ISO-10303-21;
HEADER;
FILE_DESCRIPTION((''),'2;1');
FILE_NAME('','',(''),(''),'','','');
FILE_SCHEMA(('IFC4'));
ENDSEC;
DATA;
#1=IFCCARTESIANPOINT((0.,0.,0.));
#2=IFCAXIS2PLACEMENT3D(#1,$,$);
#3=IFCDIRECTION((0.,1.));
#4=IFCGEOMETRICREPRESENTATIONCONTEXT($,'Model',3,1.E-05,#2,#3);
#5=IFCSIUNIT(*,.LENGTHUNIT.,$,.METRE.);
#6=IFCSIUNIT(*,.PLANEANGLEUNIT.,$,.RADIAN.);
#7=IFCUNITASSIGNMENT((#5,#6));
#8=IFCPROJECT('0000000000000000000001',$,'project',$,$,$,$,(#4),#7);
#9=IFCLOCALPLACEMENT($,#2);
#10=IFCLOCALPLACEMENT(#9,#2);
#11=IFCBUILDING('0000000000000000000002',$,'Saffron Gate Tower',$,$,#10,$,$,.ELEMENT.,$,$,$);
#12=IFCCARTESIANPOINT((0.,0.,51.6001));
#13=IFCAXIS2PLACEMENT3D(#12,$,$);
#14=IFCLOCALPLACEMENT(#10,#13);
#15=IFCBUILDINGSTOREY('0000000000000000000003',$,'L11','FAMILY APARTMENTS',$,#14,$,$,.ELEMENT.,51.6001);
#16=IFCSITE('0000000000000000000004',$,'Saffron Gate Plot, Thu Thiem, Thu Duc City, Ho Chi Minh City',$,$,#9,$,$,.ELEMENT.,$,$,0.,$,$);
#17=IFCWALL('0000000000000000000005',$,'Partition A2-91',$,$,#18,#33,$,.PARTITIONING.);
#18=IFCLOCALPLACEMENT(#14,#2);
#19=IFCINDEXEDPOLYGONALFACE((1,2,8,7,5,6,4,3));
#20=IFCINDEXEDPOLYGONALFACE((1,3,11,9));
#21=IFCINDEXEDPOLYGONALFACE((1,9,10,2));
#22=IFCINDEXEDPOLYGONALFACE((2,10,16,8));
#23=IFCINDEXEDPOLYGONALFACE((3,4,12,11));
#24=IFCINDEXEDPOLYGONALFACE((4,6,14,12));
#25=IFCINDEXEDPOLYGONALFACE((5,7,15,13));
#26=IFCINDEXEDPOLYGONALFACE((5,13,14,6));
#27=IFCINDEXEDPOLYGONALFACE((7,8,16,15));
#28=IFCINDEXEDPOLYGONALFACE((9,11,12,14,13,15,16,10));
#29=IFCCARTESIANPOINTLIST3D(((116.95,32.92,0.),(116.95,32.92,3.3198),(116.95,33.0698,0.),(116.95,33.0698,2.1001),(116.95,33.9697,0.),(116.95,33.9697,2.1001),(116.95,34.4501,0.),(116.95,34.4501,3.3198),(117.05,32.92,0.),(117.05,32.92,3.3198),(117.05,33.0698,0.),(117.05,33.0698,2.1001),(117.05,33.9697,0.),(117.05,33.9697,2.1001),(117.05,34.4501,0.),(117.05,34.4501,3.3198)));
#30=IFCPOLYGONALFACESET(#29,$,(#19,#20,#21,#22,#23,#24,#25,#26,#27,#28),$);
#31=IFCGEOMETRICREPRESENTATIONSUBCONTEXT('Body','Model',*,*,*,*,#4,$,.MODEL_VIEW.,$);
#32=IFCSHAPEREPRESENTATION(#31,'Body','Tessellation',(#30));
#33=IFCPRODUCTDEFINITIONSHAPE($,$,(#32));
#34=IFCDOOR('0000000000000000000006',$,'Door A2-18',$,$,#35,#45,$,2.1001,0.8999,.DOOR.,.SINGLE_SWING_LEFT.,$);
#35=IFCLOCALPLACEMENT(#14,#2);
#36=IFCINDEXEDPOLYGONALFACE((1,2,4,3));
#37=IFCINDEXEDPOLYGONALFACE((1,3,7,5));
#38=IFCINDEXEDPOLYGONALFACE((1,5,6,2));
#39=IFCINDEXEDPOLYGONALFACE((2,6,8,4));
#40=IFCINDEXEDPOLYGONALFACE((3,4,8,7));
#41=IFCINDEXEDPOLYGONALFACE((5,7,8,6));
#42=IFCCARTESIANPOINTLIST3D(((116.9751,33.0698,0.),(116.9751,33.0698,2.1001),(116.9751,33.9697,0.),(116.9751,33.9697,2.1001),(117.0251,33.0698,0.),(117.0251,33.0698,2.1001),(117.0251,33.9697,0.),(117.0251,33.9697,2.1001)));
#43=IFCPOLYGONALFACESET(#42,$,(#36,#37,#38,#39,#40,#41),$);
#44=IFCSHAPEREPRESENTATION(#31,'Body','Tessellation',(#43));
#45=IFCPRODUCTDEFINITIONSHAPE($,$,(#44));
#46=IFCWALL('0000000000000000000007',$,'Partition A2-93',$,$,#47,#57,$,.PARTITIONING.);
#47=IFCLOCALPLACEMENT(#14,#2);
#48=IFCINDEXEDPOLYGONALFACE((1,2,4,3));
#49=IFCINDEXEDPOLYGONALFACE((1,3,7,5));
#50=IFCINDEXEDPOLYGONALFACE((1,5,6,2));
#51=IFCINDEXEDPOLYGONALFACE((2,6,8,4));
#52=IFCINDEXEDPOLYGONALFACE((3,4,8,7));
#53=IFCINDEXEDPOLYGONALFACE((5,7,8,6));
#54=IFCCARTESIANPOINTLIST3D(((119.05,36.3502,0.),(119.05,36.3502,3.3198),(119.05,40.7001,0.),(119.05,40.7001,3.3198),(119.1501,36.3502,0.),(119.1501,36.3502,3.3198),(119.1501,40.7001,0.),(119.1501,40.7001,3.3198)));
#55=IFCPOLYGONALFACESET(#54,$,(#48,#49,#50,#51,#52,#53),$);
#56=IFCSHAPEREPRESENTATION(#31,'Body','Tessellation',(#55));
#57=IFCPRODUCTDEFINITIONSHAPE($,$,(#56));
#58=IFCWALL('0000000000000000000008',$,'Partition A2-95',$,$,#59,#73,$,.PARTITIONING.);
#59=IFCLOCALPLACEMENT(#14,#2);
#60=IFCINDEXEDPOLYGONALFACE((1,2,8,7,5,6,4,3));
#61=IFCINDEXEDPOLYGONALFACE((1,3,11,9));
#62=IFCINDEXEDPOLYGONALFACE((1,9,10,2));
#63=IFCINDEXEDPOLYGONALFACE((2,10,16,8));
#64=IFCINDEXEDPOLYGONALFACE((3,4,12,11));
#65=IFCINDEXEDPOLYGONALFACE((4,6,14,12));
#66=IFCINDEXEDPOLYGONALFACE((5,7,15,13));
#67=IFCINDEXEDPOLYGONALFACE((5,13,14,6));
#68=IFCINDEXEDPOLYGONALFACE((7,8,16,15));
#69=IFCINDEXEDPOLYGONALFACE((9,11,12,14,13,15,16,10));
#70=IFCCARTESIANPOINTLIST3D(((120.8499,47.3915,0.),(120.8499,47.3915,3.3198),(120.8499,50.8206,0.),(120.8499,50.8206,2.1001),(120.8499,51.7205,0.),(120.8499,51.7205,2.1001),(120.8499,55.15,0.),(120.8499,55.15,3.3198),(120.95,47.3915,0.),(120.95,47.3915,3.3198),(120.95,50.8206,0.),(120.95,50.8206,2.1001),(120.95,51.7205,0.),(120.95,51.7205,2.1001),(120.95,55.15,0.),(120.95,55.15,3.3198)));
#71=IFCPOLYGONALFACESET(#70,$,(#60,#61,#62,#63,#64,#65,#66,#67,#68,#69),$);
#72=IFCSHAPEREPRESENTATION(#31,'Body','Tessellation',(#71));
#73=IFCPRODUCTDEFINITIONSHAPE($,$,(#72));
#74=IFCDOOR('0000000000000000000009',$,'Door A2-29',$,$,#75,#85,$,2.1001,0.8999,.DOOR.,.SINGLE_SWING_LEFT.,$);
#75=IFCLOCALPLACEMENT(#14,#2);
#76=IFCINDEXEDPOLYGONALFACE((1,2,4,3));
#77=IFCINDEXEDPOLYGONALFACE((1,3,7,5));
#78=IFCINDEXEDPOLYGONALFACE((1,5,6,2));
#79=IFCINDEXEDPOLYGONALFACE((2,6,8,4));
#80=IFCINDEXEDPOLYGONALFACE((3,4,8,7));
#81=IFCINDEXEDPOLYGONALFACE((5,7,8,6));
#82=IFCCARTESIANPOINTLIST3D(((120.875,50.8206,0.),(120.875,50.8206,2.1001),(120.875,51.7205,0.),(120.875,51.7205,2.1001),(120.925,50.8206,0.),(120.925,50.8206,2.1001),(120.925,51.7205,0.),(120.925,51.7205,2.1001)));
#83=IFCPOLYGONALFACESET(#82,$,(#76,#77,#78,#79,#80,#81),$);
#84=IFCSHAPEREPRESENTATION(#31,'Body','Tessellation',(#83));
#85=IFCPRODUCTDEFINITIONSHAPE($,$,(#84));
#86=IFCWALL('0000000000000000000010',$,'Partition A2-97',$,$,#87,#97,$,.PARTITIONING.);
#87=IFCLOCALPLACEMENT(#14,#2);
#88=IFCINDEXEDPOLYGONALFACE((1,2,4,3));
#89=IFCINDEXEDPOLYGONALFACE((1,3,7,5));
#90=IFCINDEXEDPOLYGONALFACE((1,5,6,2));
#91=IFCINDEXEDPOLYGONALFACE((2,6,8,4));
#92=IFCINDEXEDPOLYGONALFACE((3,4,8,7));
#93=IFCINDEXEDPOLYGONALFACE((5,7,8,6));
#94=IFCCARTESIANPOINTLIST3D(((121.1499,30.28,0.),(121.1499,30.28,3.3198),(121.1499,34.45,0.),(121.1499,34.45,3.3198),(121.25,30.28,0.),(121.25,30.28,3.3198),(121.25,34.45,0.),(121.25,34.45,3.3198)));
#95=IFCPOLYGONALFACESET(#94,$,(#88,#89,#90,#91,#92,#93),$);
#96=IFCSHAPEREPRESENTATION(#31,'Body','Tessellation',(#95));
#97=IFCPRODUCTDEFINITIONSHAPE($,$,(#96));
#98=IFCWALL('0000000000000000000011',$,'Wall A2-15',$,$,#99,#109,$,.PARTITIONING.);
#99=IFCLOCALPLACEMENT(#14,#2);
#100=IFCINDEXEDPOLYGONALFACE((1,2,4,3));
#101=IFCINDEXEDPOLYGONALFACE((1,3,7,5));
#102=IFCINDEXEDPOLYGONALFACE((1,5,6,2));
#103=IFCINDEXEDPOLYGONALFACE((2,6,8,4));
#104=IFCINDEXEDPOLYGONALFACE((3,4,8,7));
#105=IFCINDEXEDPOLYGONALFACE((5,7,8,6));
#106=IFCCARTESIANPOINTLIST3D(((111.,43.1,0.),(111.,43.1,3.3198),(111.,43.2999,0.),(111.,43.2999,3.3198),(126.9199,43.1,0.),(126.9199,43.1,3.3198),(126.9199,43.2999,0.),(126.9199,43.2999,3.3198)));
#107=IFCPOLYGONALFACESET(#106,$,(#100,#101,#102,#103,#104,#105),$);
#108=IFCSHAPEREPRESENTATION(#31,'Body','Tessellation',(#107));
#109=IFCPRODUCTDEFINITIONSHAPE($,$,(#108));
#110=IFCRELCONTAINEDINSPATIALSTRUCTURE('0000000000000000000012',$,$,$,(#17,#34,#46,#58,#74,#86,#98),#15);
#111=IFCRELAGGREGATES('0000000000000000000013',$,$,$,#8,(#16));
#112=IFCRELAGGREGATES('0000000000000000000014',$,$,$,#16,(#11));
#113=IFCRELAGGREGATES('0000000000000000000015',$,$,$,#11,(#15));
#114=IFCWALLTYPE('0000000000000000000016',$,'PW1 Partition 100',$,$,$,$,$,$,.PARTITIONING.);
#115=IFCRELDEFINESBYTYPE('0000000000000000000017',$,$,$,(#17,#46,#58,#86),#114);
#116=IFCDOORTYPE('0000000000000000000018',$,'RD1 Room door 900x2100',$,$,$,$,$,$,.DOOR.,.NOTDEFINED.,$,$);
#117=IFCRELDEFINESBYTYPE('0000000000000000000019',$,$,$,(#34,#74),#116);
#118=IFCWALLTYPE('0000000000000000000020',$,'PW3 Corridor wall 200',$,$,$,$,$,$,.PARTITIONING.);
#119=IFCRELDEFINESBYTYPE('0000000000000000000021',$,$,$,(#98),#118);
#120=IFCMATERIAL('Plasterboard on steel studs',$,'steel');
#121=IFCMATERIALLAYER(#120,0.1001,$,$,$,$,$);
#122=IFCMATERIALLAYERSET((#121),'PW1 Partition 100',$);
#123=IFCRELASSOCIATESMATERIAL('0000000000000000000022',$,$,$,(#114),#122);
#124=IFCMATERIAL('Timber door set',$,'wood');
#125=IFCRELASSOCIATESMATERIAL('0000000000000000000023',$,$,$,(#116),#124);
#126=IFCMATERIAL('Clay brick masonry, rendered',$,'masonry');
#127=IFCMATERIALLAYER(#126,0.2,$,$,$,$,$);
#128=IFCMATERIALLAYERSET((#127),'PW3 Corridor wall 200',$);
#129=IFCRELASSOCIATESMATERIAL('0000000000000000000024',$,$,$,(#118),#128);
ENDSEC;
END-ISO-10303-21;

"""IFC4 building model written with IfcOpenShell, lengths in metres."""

from ifc_helpers import new_model, si_unit, direction, frame, frame_2d, origin, place, context, subcontext, project, spatial, rectangle, extrude, material, layer, layer_set, type_object, element, fill, save


model = new_model("IFC4")

# Units and contexts
model_context = context("Model", 3, precision=1e-05, world=origin(), true_north=direction((0.0, 1.0)))
body_context = subcontext(model_context, "Body", "Model", "MODEL_VIEW")
ifc_project = project(units=[si_unit("LENGTHUNIT", "METRE"), si_unit("PLANEANGLEUNIT", "RADIAN")], contexts=[model_context])

# Site, building, storey
site_placement = place(None, origin())
site = spatial("IfcSite", under=ifc_project, at=site_placement, Name="Saffron Gate Plot, Thu Thiem, Thu Duc City, Ho Chi Minh City", CompositionType="ELEMENT", RefElevation=0.0)
building_placement = place(site_placement, origin())
building = spatial("IfcBuilding", under=site, at=building_placement, Name="Saffron Gate Tower", CompositionType="ELEMENT")
storey_placement = place(building_placement, frame((0.0, 0.0, 51.6001)))
storey = spatial("IfcBuildingStorey", under=building, at=storey_placement, Name="L11", Description="FAMILY APARTMENTS", CompositionType="ELEMENT", Elevation=51.6001)

# Shared definitions
ifc_material_1 = material(Name="Plasterboard on steel studs", Category="steel")
ifc_layer_1 = layer(ifc_material_1, 0.1001)
ifc_layer_set_1 = layer_set([ifc_layer_1], Name="PW1 Partition 100")
wall_type_1 = type_object("IfcWallType", Name="PW1 Partition 100", PredefinedType="PARTITIONING", material=ifc_layer_set_1)
ifc_material_2 = material(Name="Timber door set", Category="wood")
door_type_1 = type_object("IfcDoorType", Name="RD1 Room door 900x2100", OperationType="NOTDEFINED", PredefinedType="DOOR", material=ifc_material_2)

# Wall, opening, door
wall_1_placement = place(storey_placement, frame((117.0, 32.9199, 0.0), z_axis=(0.0, 0.0, 1.0), x_axis=(0.0, 1.0, 0.0)))
wall_1 = element("IfcWall", 1, at=wall_1_placement, inside=storey, type_object=wall_type_1, Name="Partition A2-91", PredefinedType="PARTITIONING", context=body_context, shape_type="SweptSolid", body=[
    extrude(rectangle(XDim=1.53, YDim=0.1001, at=frame_2d((0.7651, 0.0))), origin(), (0.0, 0.0, 1.0), 3.3198),
])
opening_1_placement = place(wall_1_placement, frame((0.1499, 0.0, 0.0)))
opening_1 = element("IfcOpeningElement", 2, at=opening_1_placement, cuts=wall_1, PredefinedType="OPENING", context=body_context, shape_type="SweptSolid", body=[
    extrude(rectangle(XDim=0.8999, YDim=2.1001, at=frame_2d((0.45, 1.05))), frame((0.0, 0.0601, 0.0), z_axis=(0.0, -1.0, 0.0), x_axis=(1.0, 0.0, 0.0)), (0.0, 0.0, 1.0), 0.1201),
])
door_1_placement = place(opening_1_placement, origin())
door_1 = element("IfcDoor", 3, at=door_1_placement, inside=storey, type_object=door_type_1, Name="Door A2-18", OperationType="SINGLE_SWING_LEFT", OverallHeight=2.1001, OverallWidth=0.8999, PredefinedType="DOOR", context=body_context, shape_type="SweptSolid", body=[
    extrude(rectangle(XDim=0.8999, YDim=2.1001, at=frame_2d((0.45, 1.05))), frame((0.0, 0.0249, 0.0), z_axis=(0.0, -1.0, 0.0), x_axis=(1.0, 0.0, 0.0)), (0.0, 0.0, 1.0), 0.05),
])
fill(opening_1, door_1)

# Wall
wall_2_placement = place(storey_placement, frame((119.1001, 40.7, 0.0), z_axis=(0.0, 0.0, 1.0), x_axis=(0.0, -1.0, 0.0)))
element("IfcWall", 4, at=wall_2_placement, inside=storey, type_object=wall_type_1, Name="Partition A2-93", PredefinedType="PARTITIONING", context=body_context, shape_type="SweptSolid", body=[
    extrude(rectangle(XDim=4.3499, YDim=0.1001, at=frame_2d((2.1748, 0.0))), origin(), (0.0, 0.0, 1.0), 3.3198),
])

# Wall, opening, door
wall_3_placement = place(storey_placement, frame((120.8999, 47.3914, 0.0), z_axis=(0.0, 0.0, 1.0), x_axis=(0.0, 1.0, 0.0)))
wall_3 = element("IfcWall", 5, at=wall_3_placement, inside=storey, type_object=wall_type_1, Name="Partition A2-95", PredefinedType="PARTITIONING", context=body_context, shape_type="SweptSolid", body=[
    extrude(rectangle(XDim=7.7585, YDim=0.1001, at=frame_2d((3.8794, 0.0))), origin(), (0.0, 0.0, 1.0), 3.3198),
])
opening_2_placement = place(wall_3_placement, frame((3.4292, 0.0, 0.0)))
opening_2 = element("IfcOpeningElement", 6, at=opening_2_placement, cuts=wall_3, PredefinedType="OPENING", context=body_context, shape_type="SweptSolid", body=[
    extrude(rectangle(XDim=0.8999, YDim=2.1001, at=frame_2d((0.45, 1.05))), frame((0.0, 0.0601, 0.0), z_axis=(0.0, -1.0, 0.0), x_axis=(1.0, 0.0, 0.0)), (0.0, 0.0, 1.0), 0.1201),
])
door_2_placement = place(opening_2_placement, origin())
door_2 = element("IfcDoor", 7, at=door_2_placement, inside=storey, type_object=door_type_1, Name="Door A2-29", OperationType="SINGLE_SWING_LEFT", OverallHeight=2.1001, OverallWidth=0.8999, PredefinedType="DOOR", context=body_context, shape_type="SweptSolid", body=[
    extrude(rectangle(XDim=0.8999, YDim=2.1001, at=frame_2d((0.45, 1.05))), frame((0.0, 0.0249, 0.0), z_axis=(0.0, -1.0, 0.0), x_axis=(1.0, 0.0, 0.0)), (0.0, 0.0, 1.0), 0.05),
])
fill(opening_2, door_2)

# Walls
wall_4_placement = place(storey_placement, frame((121.2, 34.45, 0.0), z_axis=(0.0, 0.0, 1.0), x_axis=(0.0, -1.0, 0.0)))
element("IfcWall", 8, at=wall_4_placement, inside=storey, type_object=wall_type_1, Name="Partition A2-97", PredefinedType="PARTITIONING", context=body_context, shape_type="SweptSolid", body=[
    extrude(rectangle(XDim=4.1699, YDim=0.1001, at=frame_2d((2.085, 0.0))), origin(), (0.0, 0.0, 1.0), 3.3198),
])
ifc_material_3 = material(Name="Clay brick masonry, rendered", Category="masonry")
ifc_layer_2 = layer(ifc_material_3, 0.2)
ifc_layer_set_2 = layer_set([ifc_layer_2], Name="PW3 Corridor wall 200")
wall_type_2 = type_object("IfcWallType", Name="PW3 Corridor wall 200", PredefinedType="PARTITIONING", material=ifc_layer_set_2)
wall_5_placement = place(storey_placement, frame((111.0, 43.2, 0.0), z_axis=(0.0, 0.0, 1.0), x_axis=(1.0, 0.0, 0.0)))
element("IfcWall", 9, at=wall_5_placement, inside=storey, type_object=wall_type_2, Name="Wall A2-15", PredefinedType="PARTITIONING", context=body_context, shape_type="SweptSolid", body=[
    extrude(rectangle(XDim=15.9199, YDim=0.2, at=frame_2d((7.96, 0.0))), origin(), (0.0, 0.0, 1.0), 3.3198),
])

save(model, "model.ifc")
